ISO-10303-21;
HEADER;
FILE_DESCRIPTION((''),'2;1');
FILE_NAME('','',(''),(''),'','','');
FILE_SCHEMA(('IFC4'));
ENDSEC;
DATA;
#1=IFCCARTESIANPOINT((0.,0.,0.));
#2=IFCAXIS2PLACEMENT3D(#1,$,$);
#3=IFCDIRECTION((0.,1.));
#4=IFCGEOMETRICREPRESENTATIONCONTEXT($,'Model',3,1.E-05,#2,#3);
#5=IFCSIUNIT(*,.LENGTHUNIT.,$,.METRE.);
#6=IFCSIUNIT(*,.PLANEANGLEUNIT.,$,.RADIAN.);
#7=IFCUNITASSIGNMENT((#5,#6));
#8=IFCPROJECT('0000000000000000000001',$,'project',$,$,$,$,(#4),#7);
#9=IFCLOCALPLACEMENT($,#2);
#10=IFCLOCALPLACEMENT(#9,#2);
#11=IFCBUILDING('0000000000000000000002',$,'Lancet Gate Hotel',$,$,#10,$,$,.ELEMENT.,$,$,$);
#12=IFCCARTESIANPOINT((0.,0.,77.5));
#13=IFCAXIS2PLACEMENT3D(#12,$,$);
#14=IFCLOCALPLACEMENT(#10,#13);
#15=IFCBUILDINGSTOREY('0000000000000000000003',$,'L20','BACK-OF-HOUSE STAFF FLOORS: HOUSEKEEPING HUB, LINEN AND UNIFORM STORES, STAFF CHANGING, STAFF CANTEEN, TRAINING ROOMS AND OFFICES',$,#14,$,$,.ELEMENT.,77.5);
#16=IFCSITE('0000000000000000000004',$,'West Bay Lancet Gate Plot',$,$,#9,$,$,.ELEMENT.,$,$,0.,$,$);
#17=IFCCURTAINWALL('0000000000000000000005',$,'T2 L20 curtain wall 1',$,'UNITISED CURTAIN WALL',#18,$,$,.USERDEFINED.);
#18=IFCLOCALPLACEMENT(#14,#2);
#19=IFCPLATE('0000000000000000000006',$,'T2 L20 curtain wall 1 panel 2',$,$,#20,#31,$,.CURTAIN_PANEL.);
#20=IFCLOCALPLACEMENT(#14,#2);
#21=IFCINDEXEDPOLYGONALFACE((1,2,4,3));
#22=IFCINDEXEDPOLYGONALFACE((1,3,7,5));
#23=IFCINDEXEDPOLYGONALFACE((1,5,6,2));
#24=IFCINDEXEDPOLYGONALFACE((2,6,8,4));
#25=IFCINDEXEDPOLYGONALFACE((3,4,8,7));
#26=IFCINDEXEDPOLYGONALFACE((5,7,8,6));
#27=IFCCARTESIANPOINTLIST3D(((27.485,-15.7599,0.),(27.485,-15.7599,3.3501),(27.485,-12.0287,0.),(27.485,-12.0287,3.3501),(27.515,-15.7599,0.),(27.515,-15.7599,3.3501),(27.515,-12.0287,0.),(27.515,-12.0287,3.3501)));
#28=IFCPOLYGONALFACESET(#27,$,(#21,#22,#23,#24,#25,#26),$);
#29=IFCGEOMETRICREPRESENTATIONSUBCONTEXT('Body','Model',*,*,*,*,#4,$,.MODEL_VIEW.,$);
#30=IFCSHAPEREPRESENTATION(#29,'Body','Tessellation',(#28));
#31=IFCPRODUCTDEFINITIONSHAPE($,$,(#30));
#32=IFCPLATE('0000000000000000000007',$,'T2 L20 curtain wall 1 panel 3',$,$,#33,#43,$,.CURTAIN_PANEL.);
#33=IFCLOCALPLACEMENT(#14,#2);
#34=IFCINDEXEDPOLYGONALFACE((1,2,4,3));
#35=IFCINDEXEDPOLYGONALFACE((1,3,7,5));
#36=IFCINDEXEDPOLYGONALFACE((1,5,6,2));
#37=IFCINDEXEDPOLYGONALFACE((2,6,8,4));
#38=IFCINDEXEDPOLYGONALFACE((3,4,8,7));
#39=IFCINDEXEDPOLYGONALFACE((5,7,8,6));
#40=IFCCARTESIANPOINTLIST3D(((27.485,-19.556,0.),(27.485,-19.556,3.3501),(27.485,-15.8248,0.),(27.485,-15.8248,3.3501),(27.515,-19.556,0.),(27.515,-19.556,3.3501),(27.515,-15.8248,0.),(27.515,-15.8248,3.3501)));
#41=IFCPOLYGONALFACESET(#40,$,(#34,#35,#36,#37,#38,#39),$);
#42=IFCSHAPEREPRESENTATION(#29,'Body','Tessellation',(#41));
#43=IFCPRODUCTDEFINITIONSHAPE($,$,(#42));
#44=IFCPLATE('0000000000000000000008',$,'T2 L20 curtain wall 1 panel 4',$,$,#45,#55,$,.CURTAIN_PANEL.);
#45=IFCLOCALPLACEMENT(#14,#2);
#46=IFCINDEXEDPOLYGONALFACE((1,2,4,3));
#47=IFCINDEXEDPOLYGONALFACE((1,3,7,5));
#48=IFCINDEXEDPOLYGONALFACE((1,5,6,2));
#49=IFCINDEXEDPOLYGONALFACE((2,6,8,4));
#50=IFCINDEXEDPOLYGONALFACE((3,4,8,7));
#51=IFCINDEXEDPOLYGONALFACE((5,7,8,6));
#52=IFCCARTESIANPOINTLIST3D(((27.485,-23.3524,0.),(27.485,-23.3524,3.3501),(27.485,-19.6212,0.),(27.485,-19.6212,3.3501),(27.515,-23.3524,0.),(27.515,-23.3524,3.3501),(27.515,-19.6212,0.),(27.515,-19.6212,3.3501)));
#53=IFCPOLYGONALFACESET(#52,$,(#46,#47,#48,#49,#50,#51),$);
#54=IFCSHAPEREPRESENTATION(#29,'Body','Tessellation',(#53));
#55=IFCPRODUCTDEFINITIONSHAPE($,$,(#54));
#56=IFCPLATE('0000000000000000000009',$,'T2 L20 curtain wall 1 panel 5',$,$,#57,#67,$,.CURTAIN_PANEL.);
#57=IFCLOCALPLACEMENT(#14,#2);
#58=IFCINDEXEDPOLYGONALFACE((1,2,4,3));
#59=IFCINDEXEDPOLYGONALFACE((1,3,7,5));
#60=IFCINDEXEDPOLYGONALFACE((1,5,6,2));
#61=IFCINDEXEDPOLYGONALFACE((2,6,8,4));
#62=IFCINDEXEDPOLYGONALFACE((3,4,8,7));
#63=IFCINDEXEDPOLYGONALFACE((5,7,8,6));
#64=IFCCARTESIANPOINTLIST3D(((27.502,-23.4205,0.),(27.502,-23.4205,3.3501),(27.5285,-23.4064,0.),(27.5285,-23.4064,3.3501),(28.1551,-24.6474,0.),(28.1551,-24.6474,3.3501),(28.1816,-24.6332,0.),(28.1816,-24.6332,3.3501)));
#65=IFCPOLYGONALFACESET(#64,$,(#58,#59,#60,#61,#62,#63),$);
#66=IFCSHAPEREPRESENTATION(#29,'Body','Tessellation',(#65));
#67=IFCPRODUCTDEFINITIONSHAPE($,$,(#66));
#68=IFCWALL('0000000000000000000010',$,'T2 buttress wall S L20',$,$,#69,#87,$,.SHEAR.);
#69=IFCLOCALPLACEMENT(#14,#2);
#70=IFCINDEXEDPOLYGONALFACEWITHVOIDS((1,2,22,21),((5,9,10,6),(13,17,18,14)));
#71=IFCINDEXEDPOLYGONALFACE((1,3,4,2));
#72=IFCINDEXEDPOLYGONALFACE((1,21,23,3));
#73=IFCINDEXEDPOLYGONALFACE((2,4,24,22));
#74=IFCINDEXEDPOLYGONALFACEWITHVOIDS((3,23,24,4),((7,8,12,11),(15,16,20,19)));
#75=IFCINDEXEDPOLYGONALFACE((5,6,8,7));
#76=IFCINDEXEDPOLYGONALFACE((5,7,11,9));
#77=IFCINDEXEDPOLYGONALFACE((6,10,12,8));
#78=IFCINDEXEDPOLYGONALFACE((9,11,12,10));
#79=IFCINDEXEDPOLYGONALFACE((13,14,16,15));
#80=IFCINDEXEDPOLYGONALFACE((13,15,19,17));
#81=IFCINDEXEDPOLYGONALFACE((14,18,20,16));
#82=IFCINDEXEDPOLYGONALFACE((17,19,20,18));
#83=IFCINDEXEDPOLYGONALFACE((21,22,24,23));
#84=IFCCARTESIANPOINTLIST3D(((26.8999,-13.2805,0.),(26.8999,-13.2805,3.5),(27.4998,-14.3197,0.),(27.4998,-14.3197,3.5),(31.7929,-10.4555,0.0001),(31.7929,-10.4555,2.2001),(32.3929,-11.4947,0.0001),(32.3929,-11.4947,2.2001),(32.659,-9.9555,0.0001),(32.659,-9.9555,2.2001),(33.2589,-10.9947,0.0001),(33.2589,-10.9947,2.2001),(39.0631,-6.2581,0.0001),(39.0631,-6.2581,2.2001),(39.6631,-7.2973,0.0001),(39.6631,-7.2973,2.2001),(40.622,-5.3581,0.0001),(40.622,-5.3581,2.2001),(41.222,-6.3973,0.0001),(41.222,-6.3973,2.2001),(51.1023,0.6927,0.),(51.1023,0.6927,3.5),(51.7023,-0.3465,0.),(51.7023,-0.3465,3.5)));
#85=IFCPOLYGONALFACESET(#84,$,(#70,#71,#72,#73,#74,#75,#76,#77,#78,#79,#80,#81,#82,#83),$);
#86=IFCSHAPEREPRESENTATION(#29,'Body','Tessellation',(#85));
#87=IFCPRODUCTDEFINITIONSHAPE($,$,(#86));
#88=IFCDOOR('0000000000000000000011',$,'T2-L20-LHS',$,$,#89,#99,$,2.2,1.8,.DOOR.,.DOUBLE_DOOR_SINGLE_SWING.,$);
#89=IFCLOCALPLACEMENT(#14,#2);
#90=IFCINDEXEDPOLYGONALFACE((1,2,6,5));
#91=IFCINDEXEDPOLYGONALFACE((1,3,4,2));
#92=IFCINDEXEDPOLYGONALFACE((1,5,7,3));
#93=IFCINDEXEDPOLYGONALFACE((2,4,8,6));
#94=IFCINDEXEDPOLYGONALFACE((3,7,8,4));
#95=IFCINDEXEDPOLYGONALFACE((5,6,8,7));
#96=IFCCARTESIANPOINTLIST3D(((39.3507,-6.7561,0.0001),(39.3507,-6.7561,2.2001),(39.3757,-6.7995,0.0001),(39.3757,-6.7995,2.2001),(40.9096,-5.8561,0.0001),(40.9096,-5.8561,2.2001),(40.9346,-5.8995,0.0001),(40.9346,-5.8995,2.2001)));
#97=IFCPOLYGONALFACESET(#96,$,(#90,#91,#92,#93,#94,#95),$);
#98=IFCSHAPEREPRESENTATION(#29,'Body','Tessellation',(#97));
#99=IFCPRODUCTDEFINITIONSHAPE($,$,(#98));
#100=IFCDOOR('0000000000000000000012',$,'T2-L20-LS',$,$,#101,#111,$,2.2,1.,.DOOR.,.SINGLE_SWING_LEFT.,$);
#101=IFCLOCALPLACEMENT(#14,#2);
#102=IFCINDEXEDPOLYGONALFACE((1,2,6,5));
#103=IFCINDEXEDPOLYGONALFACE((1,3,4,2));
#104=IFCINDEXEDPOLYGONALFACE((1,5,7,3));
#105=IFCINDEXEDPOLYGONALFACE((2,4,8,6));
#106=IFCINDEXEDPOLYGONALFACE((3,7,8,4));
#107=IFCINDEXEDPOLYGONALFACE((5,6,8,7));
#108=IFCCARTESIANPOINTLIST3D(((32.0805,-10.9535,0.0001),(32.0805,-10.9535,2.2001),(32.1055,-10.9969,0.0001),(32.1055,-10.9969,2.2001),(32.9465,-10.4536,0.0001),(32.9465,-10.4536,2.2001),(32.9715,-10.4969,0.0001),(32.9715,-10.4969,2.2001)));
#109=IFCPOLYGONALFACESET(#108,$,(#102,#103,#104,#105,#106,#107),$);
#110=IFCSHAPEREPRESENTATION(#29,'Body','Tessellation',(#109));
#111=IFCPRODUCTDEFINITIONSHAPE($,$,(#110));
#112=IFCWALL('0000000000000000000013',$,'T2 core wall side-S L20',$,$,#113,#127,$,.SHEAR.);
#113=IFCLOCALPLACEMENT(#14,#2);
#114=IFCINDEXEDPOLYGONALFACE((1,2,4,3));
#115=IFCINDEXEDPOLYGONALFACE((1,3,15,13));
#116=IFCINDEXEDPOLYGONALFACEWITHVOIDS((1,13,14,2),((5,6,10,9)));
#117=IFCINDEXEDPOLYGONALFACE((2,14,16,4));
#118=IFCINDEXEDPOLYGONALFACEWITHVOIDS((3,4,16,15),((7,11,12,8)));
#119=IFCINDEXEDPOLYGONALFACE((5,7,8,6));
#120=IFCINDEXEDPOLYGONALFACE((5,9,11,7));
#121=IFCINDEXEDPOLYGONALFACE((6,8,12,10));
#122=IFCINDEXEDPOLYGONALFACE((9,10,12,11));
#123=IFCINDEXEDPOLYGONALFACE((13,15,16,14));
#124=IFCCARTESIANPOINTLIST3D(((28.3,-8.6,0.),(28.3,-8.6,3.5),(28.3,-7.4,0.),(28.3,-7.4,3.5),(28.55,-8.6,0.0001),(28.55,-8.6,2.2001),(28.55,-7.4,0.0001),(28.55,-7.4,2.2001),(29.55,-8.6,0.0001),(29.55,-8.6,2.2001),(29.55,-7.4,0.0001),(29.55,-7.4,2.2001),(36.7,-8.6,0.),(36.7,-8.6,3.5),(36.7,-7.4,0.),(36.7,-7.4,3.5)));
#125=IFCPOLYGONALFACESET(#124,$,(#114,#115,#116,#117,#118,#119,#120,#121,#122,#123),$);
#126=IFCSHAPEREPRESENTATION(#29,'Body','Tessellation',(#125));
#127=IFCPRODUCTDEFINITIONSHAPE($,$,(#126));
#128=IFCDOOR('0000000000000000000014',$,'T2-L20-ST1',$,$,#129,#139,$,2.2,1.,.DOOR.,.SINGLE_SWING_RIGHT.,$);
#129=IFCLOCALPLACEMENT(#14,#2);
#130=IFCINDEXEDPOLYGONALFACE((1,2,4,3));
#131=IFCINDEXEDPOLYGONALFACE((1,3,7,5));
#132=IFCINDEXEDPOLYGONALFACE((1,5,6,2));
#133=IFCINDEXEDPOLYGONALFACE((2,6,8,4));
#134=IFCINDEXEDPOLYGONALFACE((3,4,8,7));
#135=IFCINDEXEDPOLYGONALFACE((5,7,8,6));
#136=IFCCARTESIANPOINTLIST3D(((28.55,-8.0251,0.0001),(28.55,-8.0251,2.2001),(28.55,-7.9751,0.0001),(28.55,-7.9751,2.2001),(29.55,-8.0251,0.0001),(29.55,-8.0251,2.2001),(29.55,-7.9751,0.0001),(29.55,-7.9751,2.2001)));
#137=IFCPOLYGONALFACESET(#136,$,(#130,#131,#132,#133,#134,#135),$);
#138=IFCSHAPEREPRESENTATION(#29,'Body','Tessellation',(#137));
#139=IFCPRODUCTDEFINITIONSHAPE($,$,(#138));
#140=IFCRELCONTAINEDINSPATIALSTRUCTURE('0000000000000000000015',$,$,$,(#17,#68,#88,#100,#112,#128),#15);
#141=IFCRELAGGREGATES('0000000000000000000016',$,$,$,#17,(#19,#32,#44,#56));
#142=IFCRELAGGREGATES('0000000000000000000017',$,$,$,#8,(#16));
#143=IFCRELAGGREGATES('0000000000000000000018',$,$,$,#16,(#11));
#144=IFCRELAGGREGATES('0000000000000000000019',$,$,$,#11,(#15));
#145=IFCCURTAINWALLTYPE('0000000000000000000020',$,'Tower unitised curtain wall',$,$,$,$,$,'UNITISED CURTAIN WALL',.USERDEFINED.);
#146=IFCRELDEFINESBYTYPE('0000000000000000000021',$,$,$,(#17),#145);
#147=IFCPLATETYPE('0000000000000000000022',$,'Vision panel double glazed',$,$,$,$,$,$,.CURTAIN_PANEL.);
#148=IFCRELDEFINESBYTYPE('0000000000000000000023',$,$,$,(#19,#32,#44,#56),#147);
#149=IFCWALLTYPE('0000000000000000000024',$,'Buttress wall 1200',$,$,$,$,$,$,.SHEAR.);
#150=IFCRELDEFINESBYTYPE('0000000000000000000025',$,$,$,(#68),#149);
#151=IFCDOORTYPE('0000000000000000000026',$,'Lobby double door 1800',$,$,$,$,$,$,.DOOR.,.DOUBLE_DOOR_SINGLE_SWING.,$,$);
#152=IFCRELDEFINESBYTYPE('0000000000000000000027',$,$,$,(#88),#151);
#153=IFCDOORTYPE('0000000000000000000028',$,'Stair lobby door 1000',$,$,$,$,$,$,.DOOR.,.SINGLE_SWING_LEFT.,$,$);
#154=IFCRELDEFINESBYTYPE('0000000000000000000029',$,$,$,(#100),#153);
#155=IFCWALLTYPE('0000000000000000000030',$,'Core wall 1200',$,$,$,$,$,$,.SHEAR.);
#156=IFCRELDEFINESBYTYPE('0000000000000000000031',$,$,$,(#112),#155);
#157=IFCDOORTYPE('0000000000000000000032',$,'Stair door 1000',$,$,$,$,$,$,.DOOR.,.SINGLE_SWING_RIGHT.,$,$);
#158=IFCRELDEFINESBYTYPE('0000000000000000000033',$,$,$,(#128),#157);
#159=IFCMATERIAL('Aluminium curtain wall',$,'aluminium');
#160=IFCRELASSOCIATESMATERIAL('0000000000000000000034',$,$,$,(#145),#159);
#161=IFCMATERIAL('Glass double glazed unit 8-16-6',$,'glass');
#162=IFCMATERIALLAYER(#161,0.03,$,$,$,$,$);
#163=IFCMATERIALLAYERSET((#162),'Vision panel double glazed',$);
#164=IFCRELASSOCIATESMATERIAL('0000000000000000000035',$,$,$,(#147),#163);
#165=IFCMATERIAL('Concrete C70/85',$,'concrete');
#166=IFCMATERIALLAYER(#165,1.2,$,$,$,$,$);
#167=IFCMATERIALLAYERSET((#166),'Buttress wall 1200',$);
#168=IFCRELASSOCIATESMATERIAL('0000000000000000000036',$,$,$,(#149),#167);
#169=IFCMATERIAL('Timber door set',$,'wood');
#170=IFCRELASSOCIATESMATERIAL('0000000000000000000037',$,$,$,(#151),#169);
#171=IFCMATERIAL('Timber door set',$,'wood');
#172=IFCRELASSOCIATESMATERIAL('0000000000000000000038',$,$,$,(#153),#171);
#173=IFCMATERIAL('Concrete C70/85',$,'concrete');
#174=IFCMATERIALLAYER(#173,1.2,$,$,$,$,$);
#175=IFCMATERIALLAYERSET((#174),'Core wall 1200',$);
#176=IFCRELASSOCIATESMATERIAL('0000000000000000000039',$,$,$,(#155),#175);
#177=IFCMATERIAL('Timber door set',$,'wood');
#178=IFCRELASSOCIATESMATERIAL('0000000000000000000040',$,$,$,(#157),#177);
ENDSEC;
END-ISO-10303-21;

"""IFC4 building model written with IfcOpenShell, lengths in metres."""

from ifc_helpers import new_model, si_unit, direction, frame, frame_2d, origin, origin_2d, place, context, subcontext, project, spatial, rectangle, extrude, material, layer, layer_set, type_object, element, fill, aggregate, save


model = new_model("IFC4")

# Units and contexts
model_context = context("Model", 3, precision=1e-05, world=origin(), true_north=direction((0.0, 1.0)))
body_context = subcontext(model_context, "Body", "Model", "MODEL_VIEW")
ifc_project = project(units=[si_unit("LENGTHUNIT", "METRE"), si_unit("PLANEANGLEUNIT", "RADIAN")], contexts=[model_context])

# Site, building, storey
site_placement = place(None, origin())
site = spatial("IfcSite", under=ifc_project, at=site_placement, Name="West Bay Lancet Gate Plot", CompositionType="ELEMENT", RefElevation=0.0)
building_placement = place(site_placement, origin())
building = spatial("IfcBuilding", under=site, at=building_placement, Name="Lancet Gate Hotel", CompositionType="ELEMENT")
storey_placement = place(building_placement, frame((0.0, 0.0, 77.5)))
storey = spatial("IfcBuildingStorey", under=building, at=storey_placement, Name="L20", Description="BACK-OF-HOUSE STAFF FLOORS: HOUSEKEEPING HUB, LINEN AND UNIFORM STORES, STAFF CHANGING, STAFF CANTEEN, TRAINING ROOMS AND OFFICES", CompositionType="ELEMENT", Elevation=77.5)

# Curtain wall
ifc_material_1 = material(Name="Aluminium curtain wall", Category="aluminium")
curtain_wall_type = type_object("IfcCurtainWallType", Name="Tower unitised curtain wall", ElementType="UNITISED CURTAIN WALL", PredefinedType="USERDEFINED", material=ifc_material_1)
curtain_wall_placement = place(storey_placement, origin())
curtain_wall = element("IfcCurtainWall", 1, at=curtain_wall_placement, inside=storey, type_object=curtain_wall_type, Name="T2 L20 curtain wall 1", ObjectType="UNITISED CURTAIN WALL", PredefinedType="USERDEFINED")

# Plates
ifc_material_2 = material(Name="Glass double glazed unit 8-16-6", Category="glass")
ifc_layer_1 = layer(ifc_material_2, 0.03)
ifc_layer_set_1 = layer_set([ifc_layer_1], Name="Vision panel double glazed")
plate_type = type_object("IfcPlateType", Name="Vision panel double glazed", PredefinedType="CURTAIN_PANEL", material=ifc_layer_set_1)
plate_1_placement = place(storey_placement, frame((27.5, -13.8943, 0.0), z_axis=(0.0, 0.0, 1.0), x_axis=(0.0, -1.0, 0.0)))
plate_1 = element("IfcPlate", 2, at=plate_1_placement, type_object=plate_type, Name="T2 L20 curtain wall 1 panel 2", PredefinedType="CURTAIN_PANEL", context=body_context, shape_type="SweptSolid", body=[
    extrude(rectangle(XDim=3.7312, YDim=0.03, at=origin_2d()), origin(), (0.0, 0.0, 1.0), 3.3501),
])
plate_2_placement = place(storey_placement, frame((27.5, -17.6904, 0.0), z_axis=(0.0, 0.0, 1.0), x_axis=(0.0, -1.0, 0.0)))
plate_2 = element("IfcPlate", 3, at=plate_2_placement, type_object=plate_type, Name="T2 L20 curtain wall 1 panel 3", PredefinedType="CURTAIN_PANEL", context=body_context, shape_type="SweptSolid", body=[
    extrude(rectangle(XDim=3.7312, YDim=0.03, at=origin_2d()), origin(), (0.0, 0.0, 1.0), 3.3501),
])
plate_3_placement = place(storey_placement, frame((27.5, -21.4868, 0.0), z_axis=(0.0, 0.0, 1.0), x_axis=(0.0, -1.0, 0.0)))
plate_3 = element("IfcPlate", 4, at=plate_3_placement, type_object=plate_type, Name="T2 L20 curtain wall 1 panel 4", PredefinedType="CURTAIN_PANEL", context=body_context, shape_type="SweptSolid", body=[
    extrude(rectangle(XDim=3.7312, YDim=0.03, at=origin_2d()), origin(), (0.0, 0.0, 1.0), 3.3501),
])
plate_4_placement = place(storey_placement, frame((27.8418, -24.0269, 0.0), z_axis=(0.0, 0.0, 1.0), x_axis=(0.469898, -0.882721, 0.0)))
plate_4 = element("IfcPlate", 5, at=plate_4_placement, type_object=plate_type, Name="T2 L20 curtain wall 1 panel 5", PredefinedType="CURTAIN_PANEL", context=body_context, shape_type="SweptSolid", body=[
    extrude(rectangle(XDim=1.3899, YDim=0.03, at=origin_2d()), origin(), (0.0, 0.0, 1.0), 3.3501),
])
aggregate(curtain_wall, [plate_1, plate_2, plate_3, plate_4])

# Wall, openings, doors
ifc_material_3 = material(Name="Concrete C70/85", Category="concrete")
ifc_layer_2 = layer(ifc_material_3, 1.2)
ifc_layer_set_2 = layer_set([ifc_layer_2], Name="Buttress wall 1200")
wall_type_1 = type_object("IfcWallType", Name="Buttress wall 1200", PredefinedType="SHEAR", material=ifc_layer_set_2)
wall_1_placement = place(storey_placement, frame((27.2, -13.8, 0.0), z_axis=(0.0, 0.0, 1.0), x_axis=(0.866027, 0.499997, 0.0)))
wall_1 = element("IfcWall", 6, at=wall_1_placement, inside=storey, type_object=wall_type_1, Name="T2 buttress wall S L20", PredefinedType="SHEAR", context=body_context, shape_type="SweptSolid", body=[
    extrude(rectangle(XDim=27.9465, YDim=1.2, at=frame_2d((13.9731, 0.0))), origin(), (0.0, 0.0, 1.0), 3.5),
])
opening_1_placement = place(wall_1_placement, frame((5.6499, 0.0, 0.0)))
opening_1 = element("IfcOpeningElement", 7, at=opening_1_placement, cuts=wall_1, PredefinedType="OPENING", context=body_context, shape_type="SweptSolid", body=[
    extrude(rectangle(XDim=1.0, YDim=2.2, at=frame_2d((0.5, 1.1001))), frame((0.0, 0.6099, 0.0), z_axis=(0.0, -1.0, 0.0), x_axis=(1.0, 0.0, 0.0)), (0.0, 0.0, 1.0), 1.22),
])
opening_2_placement = place(wall_1_placement, frame((14.0449, 0.0, 0.0)))
opening_2 = element("IfcOpeningElement", 8, at=opening_2_placement, cuts=wall_1, PredefinedType="OPENING", context=body_context, shape_type="SweptSolid", body=[
    extrude(rectangle(XDim=1.8, YDim=2.2, at=frame_2d((0.8999, 1.1001))), frame((0.0, 0.6099, 0.0), z_axis=(0.0, -1.0, 0.0), x_axis=(1.0, 0.0, 0.0)), (0.0, 0.0, 1.0), 1.22),
])
ifc_material_4 = material(Name="Timber door set", Category="wood")
door_type_1 = type_object("IfcDoorType", Name="Lobby double door 1800", OperationType="DOUBLE_DOOR_SINGLE_SWING", PredefinedType="DOOR", material=ifc_material_4)
door_1_placement = place(opening_2_placement, origin())
door_1 = element("IfcDoor", 9, at=door_1_placement, inside=storey, type_object=door_type_1, Name="T2-L20-LHS", OperationType="DOUBLE_DOOR_SINGLE_SWING", OverallHeight=2.2, OverallWidth=1.8, PredefinedType="DOOR", context=body_context, shape_type="SweptSolid", body=[
    extrude(rectangle(XDim=1.8, YDim=2.2, at=frame_2d((0.8999, 1.1001))), frame((0.0, 0.0249, 0.0), z_axis=(0.0, -1.0, 0.0), x_axis=(1.0, 0.0, 0.0)), (0.0, 0.0, 1.0), 0.05),
])
fill(opening_2, door_1)
ifc_material_5 = material(Name="Timber door set", Category="wood")
door_type_2 = type_object("IfcDoorType", Name="Stair lobby door 1000", OperationType="SINGLE_SWING_LEFT", PredefinedType="DOOR", material=ifc_material_5)
door_2_placement = place(opening_1_placement, origin())
door_2 = element("IfcDoor", 10, at=door_2_placement, inside=storey, type_object=door_type_2, Name="T2-L20-LS", OperationType="SINGLE_SWING_LEFT", OverallHeight=2.2, OverallWidth=1.0, PredefinedType="DOOR", context=body_context, shape_type="SweptSolid", body=[
    extrude(rectangle(XDim=1.0, YDim=2.2, at=frame_2d((0.5, 1.1001))), frame((0.0, 0.0249, 0.0), z_axis=(0.0, -1.0, 0.0), x_axis=(1.0, 0.0, 0.0)), (0.0, 0.0, 1.0), 0.05),
])
fill(opening_1, door_2)

# Wall, opening, door
ifc_material_6 = material(Name="Concrete C70/85", Category="concrete")
ifc_layer_3 = layer(ifc_material_6, 1.2)
ifc_layer_set_3 = layer_set([ifc_layer_3], Name="Core wall 1200")
wall_type_2 = type_object("IfcWallType", Name="Core wall 1200", PredefinedType="SHEAR", material=ifc_layer_set_3)
wall_2_placement = place(storey_placement, frame((28.3, -8.0, 0.0), z_axis=(0.0, 0.0, 1.0), x_axis=(1.0, 0.0, 0.0)))
wall_2 = element("IfcWall", 11, at=wall_2_placement, inside=storey, type_object=wall_type_2, Name="T2 core wall side-S L20", PredefinedType="SHEAR", context=body_context, shape_type="SweptSolid", body=[
    extrude(rectangle(XDim=8.3999, YDim=1.2, at=frame_2d((4.2, 0.0))), origin(), (0.0, 0.0, 1.0), 3.5),
])
opening_3_placement = place(wall_2_placement, frame((0.25, 0.0, 0.0)))
opening_3 = element("IfcOpeningElement", 12, at=opening_3_placement, cuts=wall_2, PredefinedType="OPENING", context=body_context, shape_type="SweptSolid", body=[
    extrude(rectangle(XDim=1.0, YDim=2.2, at=frame_2d((0.5, 1.1001))), frame((0.0, 0.6099, 0.0), z_axis=(0.0, -1.0, 0.0), x_axis=(1.0, 0.0, 0.0)), (0.0, 0.0, 1.0), 1.22),
])
ifc_material_7 = material(Name="Timber door set", Category="wood")
door_type_3 = type_object("IfcDoorType", Name="Stair door 1000", OperationType="SINGLE_SWING_RIGHT", PredefinedType="DOOR", material=ifc_material_7)
door_3_placement = place(opening_3_placement, origin())
door_3 = element("IfcDoor", 13, at=door_3_placement, inside=storey, type_object=door_type_3, Name="T2-L20-ST1", OperationType="SINGLE_SWING_RIGHT", OverallHeight=2.2, OverallWidth=1.0, PredefinedType="DOOR", context=body_context, shape_type="SweptSolid", body=[
    extrude(rectangle(XDim=1.0, YDim=2.2, at=frame_2d((0.5, 1.1001))), frame((0.0, 0.0249, 0.0), z_axis=(0.0, -1.0, 0.0), x_axis=(1.0, 0.0, 0.0)), (0.0, 0.0, 1.0), 0.05),
])
fill(opening_3, door_3)

save(model, "model.ifc")
